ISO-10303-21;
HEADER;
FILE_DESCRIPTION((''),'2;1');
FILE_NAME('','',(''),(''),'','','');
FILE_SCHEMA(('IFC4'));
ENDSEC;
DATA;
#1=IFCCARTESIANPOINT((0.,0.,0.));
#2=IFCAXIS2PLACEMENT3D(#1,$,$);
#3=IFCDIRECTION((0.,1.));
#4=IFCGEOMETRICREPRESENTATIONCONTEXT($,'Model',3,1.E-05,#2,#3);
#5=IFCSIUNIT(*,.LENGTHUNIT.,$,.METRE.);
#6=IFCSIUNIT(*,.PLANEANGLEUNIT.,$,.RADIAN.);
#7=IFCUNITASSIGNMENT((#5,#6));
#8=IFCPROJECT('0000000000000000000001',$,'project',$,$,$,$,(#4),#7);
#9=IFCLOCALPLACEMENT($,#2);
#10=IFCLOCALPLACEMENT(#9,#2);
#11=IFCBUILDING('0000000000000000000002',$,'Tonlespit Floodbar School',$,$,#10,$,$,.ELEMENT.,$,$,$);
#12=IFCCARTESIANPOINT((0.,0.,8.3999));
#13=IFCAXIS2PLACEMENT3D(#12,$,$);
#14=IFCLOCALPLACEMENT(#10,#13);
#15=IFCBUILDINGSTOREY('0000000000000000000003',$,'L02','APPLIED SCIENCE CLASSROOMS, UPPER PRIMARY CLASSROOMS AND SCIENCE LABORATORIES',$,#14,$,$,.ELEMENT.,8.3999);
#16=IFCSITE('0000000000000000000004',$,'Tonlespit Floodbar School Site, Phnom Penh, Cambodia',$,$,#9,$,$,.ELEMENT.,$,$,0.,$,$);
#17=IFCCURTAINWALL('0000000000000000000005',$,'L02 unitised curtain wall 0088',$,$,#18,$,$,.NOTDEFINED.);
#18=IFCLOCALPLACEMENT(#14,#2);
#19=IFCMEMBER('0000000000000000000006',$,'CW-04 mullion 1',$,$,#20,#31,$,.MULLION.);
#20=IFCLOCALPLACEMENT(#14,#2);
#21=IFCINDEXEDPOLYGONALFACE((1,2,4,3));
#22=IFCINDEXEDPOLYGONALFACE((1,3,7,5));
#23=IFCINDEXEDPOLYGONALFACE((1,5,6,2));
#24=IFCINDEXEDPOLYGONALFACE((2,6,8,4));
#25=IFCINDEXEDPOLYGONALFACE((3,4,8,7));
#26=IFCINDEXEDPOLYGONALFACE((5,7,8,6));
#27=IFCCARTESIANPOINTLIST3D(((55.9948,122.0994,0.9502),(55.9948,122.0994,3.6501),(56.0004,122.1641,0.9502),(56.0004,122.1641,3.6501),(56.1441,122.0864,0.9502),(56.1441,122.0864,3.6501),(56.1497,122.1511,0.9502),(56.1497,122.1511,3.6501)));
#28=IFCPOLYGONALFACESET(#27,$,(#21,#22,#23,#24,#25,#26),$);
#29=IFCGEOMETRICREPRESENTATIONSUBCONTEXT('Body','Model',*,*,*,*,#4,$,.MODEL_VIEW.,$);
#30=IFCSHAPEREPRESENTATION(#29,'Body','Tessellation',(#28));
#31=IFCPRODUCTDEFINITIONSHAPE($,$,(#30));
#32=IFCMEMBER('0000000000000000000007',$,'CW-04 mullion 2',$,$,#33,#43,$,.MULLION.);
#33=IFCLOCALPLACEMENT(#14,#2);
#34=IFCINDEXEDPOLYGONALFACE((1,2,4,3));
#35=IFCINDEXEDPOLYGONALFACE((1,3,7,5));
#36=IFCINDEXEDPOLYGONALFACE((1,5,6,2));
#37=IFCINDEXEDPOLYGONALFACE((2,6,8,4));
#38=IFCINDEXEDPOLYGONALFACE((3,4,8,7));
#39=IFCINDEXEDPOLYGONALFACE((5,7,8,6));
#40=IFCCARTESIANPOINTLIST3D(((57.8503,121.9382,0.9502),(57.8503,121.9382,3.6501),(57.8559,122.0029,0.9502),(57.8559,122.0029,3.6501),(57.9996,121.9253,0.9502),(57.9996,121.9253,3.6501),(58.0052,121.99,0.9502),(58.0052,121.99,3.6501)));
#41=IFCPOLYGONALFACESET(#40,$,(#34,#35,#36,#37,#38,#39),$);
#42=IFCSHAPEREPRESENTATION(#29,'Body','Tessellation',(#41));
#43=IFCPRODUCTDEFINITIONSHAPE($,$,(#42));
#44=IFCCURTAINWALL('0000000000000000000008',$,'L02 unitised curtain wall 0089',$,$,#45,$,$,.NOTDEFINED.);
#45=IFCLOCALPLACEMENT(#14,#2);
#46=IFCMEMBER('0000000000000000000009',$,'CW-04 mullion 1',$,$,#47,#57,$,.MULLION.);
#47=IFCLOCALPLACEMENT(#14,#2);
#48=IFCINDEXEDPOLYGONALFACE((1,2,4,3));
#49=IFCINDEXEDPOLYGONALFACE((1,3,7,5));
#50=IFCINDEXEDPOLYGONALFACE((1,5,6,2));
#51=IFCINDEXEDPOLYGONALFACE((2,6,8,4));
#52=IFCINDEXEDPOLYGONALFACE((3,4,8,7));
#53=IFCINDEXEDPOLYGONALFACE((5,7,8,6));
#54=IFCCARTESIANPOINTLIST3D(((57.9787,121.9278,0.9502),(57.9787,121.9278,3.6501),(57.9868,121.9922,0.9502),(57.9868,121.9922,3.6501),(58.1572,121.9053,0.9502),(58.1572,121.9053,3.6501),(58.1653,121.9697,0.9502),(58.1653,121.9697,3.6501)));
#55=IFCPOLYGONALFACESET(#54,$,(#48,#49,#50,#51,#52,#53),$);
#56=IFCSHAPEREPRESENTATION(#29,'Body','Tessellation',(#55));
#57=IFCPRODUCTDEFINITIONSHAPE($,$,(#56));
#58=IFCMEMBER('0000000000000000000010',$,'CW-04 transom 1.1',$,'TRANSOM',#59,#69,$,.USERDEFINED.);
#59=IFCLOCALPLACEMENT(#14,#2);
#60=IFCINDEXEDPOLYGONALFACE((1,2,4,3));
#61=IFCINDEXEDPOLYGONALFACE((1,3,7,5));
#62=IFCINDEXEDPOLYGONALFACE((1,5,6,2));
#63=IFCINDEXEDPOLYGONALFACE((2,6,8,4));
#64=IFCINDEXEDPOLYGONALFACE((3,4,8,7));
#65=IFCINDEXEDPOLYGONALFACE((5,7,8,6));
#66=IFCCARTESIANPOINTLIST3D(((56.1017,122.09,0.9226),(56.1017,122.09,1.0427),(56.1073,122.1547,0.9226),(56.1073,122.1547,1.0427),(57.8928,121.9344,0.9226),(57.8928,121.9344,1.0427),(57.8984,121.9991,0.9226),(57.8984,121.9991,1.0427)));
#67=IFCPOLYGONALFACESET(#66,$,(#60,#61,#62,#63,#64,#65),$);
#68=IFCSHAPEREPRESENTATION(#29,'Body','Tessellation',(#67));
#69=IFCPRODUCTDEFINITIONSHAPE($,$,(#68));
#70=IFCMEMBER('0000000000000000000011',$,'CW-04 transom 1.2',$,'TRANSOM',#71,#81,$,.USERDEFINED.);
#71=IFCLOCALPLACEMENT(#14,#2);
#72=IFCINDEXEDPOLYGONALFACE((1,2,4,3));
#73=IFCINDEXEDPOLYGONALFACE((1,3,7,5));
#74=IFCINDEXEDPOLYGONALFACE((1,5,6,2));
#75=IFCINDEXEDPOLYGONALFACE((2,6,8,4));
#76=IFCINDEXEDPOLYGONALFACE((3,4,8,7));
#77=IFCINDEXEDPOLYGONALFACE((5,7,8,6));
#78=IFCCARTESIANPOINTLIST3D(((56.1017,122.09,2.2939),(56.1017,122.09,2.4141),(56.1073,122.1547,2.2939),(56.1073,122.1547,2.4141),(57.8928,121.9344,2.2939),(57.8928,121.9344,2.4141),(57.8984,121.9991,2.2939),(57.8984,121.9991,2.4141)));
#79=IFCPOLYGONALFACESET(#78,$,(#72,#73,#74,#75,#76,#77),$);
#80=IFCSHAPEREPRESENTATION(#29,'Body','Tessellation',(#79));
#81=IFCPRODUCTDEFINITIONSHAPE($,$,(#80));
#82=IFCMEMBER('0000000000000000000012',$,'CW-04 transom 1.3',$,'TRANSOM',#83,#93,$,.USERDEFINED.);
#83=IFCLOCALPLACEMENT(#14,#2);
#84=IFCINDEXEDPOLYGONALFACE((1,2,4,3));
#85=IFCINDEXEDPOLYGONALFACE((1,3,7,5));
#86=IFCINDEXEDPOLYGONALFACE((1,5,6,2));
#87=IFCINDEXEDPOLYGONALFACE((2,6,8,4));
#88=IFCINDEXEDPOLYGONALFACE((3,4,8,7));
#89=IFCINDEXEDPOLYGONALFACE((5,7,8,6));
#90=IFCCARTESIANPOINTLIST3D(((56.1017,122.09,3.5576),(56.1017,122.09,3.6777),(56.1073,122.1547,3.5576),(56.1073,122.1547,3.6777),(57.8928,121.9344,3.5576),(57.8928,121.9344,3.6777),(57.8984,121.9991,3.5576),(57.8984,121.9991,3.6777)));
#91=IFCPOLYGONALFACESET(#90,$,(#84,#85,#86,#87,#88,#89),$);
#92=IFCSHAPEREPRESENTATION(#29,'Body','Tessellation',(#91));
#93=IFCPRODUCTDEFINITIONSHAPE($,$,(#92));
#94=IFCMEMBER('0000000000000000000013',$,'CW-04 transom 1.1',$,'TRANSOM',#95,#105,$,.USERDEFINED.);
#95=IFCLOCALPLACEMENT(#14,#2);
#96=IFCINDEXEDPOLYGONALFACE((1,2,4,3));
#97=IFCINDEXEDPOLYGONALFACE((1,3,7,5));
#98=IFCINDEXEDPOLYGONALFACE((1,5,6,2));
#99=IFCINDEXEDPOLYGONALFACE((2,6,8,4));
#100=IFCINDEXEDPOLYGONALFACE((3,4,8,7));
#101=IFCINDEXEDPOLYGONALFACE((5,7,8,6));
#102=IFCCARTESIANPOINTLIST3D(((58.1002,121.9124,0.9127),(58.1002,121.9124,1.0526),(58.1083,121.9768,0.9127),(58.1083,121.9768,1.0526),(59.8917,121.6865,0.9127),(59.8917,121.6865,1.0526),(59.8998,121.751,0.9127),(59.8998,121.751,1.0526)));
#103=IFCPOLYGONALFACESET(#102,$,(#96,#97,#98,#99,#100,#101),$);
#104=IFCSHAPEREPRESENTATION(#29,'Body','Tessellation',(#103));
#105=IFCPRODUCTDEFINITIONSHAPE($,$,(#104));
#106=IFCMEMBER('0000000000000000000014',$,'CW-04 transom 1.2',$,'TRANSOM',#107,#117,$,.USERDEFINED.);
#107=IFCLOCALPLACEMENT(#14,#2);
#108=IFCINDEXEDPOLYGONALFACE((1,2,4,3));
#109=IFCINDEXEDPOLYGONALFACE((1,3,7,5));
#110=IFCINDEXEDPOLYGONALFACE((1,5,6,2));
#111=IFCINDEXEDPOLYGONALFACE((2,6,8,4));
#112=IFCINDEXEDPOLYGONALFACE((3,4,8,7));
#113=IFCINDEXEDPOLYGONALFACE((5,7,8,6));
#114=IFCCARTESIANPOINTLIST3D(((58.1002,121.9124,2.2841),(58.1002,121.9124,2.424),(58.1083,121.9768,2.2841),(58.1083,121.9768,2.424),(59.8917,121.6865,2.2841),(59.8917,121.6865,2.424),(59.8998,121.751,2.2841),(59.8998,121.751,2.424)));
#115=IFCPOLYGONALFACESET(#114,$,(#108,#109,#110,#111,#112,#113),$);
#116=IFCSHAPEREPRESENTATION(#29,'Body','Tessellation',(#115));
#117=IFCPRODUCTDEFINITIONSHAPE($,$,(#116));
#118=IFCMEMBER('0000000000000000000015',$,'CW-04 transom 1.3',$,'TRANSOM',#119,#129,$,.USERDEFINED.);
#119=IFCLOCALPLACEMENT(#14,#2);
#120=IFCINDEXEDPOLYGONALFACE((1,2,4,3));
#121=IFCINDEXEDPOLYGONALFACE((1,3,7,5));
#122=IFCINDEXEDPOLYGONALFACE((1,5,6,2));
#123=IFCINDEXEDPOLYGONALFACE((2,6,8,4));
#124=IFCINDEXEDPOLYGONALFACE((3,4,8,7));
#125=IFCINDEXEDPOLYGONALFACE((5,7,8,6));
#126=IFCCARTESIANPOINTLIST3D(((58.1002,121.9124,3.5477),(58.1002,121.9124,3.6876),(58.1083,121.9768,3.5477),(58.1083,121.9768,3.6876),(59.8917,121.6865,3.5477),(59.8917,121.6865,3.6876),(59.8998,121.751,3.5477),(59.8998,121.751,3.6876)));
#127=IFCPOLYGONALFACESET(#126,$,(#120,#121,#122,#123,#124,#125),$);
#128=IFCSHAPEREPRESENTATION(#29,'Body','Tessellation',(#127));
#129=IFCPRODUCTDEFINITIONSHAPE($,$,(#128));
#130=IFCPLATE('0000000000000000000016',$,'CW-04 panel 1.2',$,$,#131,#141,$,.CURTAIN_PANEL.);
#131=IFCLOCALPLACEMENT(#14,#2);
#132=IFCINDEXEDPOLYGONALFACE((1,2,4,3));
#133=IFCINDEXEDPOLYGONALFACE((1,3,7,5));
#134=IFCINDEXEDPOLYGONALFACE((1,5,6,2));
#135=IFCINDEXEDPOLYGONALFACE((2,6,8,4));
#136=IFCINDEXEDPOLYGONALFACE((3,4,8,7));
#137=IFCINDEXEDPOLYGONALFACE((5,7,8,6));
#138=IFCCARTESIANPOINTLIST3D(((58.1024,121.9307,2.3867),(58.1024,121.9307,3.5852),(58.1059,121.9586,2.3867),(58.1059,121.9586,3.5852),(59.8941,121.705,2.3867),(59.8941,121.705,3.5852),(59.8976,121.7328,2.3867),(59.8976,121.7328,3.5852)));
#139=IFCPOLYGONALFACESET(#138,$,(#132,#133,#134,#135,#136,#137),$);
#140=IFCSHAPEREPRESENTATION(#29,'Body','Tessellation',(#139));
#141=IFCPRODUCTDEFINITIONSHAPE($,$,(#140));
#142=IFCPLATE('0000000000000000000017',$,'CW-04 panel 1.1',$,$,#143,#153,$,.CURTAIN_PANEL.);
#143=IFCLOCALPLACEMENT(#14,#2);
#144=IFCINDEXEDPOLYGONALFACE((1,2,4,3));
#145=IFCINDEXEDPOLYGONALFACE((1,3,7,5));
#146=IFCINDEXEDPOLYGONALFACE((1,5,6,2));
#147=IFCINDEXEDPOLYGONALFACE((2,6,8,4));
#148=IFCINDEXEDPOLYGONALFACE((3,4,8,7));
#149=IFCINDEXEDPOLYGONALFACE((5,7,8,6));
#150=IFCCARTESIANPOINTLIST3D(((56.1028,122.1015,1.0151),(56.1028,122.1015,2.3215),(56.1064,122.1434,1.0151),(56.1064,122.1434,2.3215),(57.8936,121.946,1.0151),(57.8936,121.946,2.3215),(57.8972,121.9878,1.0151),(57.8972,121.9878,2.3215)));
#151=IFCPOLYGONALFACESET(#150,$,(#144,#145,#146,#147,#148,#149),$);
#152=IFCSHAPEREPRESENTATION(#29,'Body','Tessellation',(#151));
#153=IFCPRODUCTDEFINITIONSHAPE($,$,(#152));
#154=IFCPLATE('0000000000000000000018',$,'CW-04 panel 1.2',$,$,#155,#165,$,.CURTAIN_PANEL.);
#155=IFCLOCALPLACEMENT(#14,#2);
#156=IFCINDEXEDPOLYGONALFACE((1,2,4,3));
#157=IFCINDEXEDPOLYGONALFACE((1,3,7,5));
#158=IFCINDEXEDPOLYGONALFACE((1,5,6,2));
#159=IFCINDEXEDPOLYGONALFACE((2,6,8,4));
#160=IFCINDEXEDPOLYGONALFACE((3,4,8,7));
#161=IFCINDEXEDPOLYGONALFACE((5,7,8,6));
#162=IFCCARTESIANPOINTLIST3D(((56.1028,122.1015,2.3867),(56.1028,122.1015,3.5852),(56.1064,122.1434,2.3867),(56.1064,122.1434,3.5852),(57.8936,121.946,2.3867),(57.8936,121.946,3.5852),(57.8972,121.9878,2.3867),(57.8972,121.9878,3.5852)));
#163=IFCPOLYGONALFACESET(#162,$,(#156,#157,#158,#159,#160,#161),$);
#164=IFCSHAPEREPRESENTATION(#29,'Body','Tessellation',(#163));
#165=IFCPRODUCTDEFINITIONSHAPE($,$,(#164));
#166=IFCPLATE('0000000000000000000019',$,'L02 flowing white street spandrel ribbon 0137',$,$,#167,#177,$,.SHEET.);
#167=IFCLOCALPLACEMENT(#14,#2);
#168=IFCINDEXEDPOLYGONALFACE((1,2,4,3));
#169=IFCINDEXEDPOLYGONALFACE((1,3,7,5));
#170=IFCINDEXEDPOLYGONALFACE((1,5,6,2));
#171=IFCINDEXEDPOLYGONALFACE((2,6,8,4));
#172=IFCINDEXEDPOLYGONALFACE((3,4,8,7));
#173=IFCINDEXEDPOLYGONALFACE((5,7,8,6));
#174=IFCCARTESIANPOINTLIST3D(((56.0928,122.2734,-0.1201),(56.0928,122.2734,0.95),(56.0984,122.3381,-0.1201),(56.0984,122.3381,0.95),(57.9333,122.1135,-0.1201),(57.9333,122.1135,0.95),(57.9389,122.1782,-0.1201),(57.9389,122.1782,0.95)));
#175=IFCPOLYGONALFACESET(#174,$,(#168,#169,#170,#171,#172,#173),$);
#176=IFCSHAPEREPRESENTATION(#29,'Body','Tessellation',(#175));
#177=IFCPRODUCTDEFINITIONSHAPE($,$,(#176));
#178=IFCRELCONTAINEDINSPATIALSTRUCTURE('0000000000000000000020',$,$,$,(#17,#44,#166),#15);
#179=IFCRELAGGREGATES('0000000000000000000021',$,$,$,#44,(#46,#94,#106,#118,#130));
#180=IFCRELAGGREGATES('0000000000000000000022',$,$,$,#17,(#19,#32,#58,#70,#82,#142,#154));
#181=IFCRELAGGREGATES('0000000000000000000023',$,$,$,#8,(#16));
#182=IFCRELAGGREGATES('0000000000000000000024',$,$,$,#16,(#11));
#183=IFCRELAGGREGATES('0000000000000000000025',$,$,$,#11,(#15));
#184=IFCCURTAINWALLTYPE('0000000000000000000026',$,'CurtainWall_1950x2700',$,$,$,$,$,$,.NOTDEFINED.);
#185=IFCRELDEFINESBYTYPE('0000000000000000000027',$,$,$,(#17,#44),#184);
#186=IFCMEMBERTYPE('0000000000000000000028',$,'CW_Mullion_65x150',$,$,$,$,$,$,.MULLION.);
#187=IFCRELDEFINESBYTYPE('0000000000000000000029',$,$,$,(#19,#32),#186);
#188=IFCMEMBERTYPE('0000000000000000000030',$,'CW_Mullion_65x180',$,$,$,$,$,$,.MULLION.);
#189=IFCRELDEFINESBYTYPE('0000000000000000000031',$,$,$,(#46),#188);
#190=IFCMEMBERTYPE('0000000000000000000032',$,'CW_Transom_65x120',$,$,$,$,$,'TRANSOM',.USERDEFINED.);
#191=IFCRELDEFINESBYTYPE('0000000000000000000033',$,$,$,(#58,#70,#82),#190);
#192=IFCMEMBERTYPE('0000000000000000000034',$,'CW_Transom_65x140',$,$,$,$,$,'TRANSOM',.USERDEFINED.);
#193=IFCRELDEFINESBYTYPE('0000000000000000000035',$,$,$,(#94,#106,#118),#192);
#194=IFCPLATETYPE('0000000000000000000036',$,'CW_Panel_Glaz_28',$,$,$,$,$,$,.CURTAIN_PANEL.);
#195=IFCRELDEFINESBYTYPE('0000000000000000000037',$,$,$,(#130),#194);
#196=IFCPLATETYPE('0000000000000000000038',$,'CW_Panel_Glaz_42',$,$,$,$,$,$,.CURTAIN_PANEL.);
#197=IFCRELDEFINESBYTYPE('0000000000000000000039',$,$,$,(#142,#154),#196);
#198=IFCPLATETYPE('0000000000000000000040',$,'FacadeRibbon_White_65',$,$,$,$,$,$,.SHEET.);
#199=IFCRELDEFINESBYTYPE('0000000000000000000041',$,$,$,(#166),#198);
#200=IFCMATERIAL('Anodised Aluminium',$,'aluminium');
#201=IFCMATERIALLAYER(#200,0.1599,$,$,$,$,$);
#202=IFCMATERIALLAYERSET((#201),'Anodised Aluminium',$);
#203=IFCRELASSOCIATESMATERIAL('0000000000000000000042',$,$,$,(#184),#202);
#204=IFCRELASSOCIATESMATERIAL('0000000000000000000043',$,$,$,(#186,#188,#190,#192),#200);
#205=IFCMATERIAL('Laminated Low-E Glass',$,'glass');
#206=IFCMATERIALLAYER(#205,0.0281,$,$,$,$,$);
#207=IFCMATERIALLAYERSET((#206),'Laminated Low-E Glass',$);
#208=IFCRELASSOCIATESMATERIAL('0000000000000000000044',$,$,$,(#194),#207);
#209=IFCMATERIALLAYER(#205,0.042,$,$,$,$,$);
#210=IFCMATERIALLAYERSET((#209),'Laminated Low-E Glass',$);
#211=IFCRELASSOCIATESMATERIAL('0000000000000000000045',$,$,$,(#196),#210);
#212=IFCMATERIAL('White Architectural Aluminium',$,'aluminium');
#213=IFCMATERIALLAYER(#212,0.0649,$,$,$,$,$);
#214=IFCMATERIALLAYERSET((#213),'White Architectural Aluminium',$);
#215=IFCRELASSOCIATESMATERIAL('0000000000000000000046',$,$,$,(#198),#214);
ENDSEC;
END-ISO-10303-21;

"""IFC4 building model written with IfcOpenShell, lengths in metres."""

from ifc_helpers import new_model, si_unit, direction, frame, origin, origin_2d, place, context, subcontext, project, spatial, rectangle, extrude, material, layer, layer_set, material_profile, profile_set, type_object, element, aggregate, save


model = new_model("IFC4")

# Units and contexts
model_context = context("Model", 3, precision=1e-05, world=origin(), true_north=direction((0.0, 1.0)))
body_context = subcontext(model_context, "Body", "Model", "MODEL_VIEW")
ifc_project = project(units=[si_unit("LENGTHUNIT", "METRE"), si_unit("PLANEANGLEUNIT", "RADIAN")], contexts=[model_context])

# Site, building, storey
site_placement = place(None, origin())
site = spatial("IfcSite", under=ifc_project, at=site_placement, Name="Tonlespit Floodbar School Site, Phnom Penh, Cambodia", CompositionType="ELEMENT", RefElevation=0.0)
building_placement = place(site_placement, origin())
building = spatial("IfcBuilding", under=site, at=building_placement, Name="Tonlespit Floodbar School", CompositionType="ELEMENT")
storey_placement = place(building_placement, frame((0.0, 0.0, 8.3999)))
storey = spatial("IfcBuildingStorey", under=building, at=storey_placement, Name="L02", Description="APPLIED SCIENCE CLASSROOMS, UPPER PRIMARY CLASSROOMS AND SCIENCE LABORATORIES", CompositionType="ELEMENT", Elevation=8.3999)

# Curtain wall, members
ifc_material_1 = material(Name="Anodised Aluminium", Category="aluminium")
ifc_layer_1 = layer(ifc_material_1, 0.1599)
ifc_layer_set_1 = layer_set([ifc_layer_1], Name="Anodised Aluminium")
curtain_wall_type = type_object("IfcCurtainWallType", Name="CurtainWall_1950x2700", PredefinedType="NOTDEFINED", material=ifc_layer_set_1)
curtain_wall_1_placement = place(storey_placement, origin())
curtain_wall_1 = element("IfcCurtainWall", 1, at=curtain_wall_1_placement, inside=storey, type_object=curtain_wall_type, Name="L02 unitised curtain wall 0088", PredefinedType="NOTDEFINED")
ifc_material_profile_1 = material_profile(ifc_material_1, rectangle(XDim=0.0649, YDim=0.1499, at=origin_2d()), Name="ALU M65x150")
ifc_profile_set_1 = profile_set([ifc_material_profile_1], Name="Anodised Aluminium")
member_type_1 = type_object("IfcMemberType", Name="CW_Mullion_65x150", PredefinedType="MULLION", material=ifc_profile_set_1)
member_1_placement = place(storey_placement, frame((56.0723, 122.1252, 0.9502), z_axis=(0.0, 0.0, 1.0), x_axis=(0.086531, 0.996249, 0.0)))
member_1 = element("IfcMember", 2, at=member_1_placement, type_object=member_type_1, Name="CW-04 mullion 1", PredefinedType="MULLION", context=body_context, shape_type="SweptSolid", body=[
    extrude(rectangle(XDim=0.0649, YDim=0.1499, at=origin_2d()), origin(), (0.0, 0.0, 1.0), 2.7),
])
member_2_placement = place(storey_placement, frame((57.9277, 121.9641, 0.9502), z_axis=(0.0, 0.0, 1.0), x_axis=(0.086531, 0.996249, 0.0)))
member_2 = element("IfcMember", 3, at=member_2_placement, type_object=member_type_1, Name="CW-04 mullion 2", PredefinedType="MULLION", context=body_context, shape_type="SweptSolid", body=[
    extrude(rectangle(XDim=0.0649, YDim=0.1499, at=origin_2d()), origin(), (0.0, 0.0, 1.0), 2.7),
])

# Curtain wall, member
curtain_wall_2_placement = place(storey_placement, origin())
curtain_wall_2 = element("IfcCurtainWall", 4, at=curtain_wall_2_placement, inside=storey, type_object=curtain_wall_type, Name="L02 unitised curtain wall 0089", PredefinedType="NOTDEFINED")
ifc_material_profile_2 = material_profile(ifc_material_1, rectangle(XDim=0.0649, YDim=0.1799, at=origin_2d()), Name="ALU M65x180")
ifc_profile_set_2 = profile_set([ifc_material_profile_2], Name="Anodised Aluminium")
member_type_2 = type_object("IfcMemberType", Name="CW_Mullion_65x180", PredefinedType="MULLION", material=ifc_profile_set_2)
member_3_placement = place(storey_placement, frame((58.072, 121.9487, 0.9502), z_axis=(0.0, 0.0, 1.0), x_axis=(0.125014, 0.992155, 0.0)))
member_3 = element("IfcMember", 5, at=member_3_placement, type_object=member_type_2, Name="CW-04 mullion 1", PredefinedType="MULLION", context=body_context, shape_type="SweptSolid", body=[
    extrude(rectangle(XDim=0.0649, YDim=0.1799, at=origin_2d()), origin(), (0.0, 0.0, 1.0), 2.7),
])

# Members
ifc_material_profile_3 = material_profile(ifc_material_1, rectangle(XDim=0.0649, YDim=0.1201, at=origin_2d()), Name="ALU T65x120")
ifc_profile_set_3 = profile_set([ifc_material_profile_3], Name="Anodised Aluminium")
member_type_3 = type_object("IfcMemberType", Name="CW_Transom_65x120", ElementType="TRANSOM", PredefinedType="USERDEFINED", material=ifc_profile_set_3)
member_4_placement = place(storey_placement, frame((56.1045, 122.1223, 0.9827), z_axis=(0.996251, -0.086507, 0.0), x_axis=(0.086507, 0.996251, 0.0)))
member_4 = element("IfcMember", 6, at=member_4_placement, type_object=member_type_3, Name="CW-04 transom 1.1", ObjectType="TRANSOM", PredefinedType="USERDEFINED", context=body_context, shape_type="SweptSolid", body=[
    extrude(rectangle(XDim=0.0649, YDim=0.1201, at=origin_2d()), origin(), (0.0, 0.0, 1.0), 1.7979),
])
member_5_placement = place(storey_placement, frame((56.1045, 122.1223, 2.354), z_axis=(0.996251, -0.086507, 0.0), x_axis=(0.086507, 0.996251, 0.0)))
member_5 = element("IfcMember", 7, at=member_5_placement, type_object=member_type_3, Name="CW-04 transom 1.2", ObjectType="TRANSOM", PredefinedType="USERDEFINED", context=body_context, shape_type="SweptSolid", body=[
    extrude(rectangle(XDim=0.0649, YDim=0.1201, at=origin_2d()), origin(), (0.0, 0.0, 1.0), 1.7979),
])
member_6_placement = place(storey_placement, frame((56.1045, 122.1223, 3.6177), z_axis=(0.996251, -0.086507, 0.0), x_axis=(0.086507, 0.996251, 0.0)))
member_6 = element("IfcMember", 8, at=member_6_placement, type_object=member_type_3, Name="CW-04 transom 1.3", ObjectType="TRANSOM", PredefinedType="USERDEFINED", context=body_context, shape_type="SweptSolid", body=[
    extrude(rectangle(XDim=0.0649, YDim=0.1201, at=origin_2d()), origin(), (0.0, 0.0, 1.0), 1.7979),
])
ifc_material_profile_4 = material_profile(ifc_material_1, rectangle(XDim=0.0649, YDim=0.1399, at=origin_2d()), Name="ALU T65x140")
ifc_profile_set_4 = profile_set([ifc_material_profile_4], Name="Anodised Aluminium")
member_type_4 = type_object("IfcMemberType", Name="CW_Transom_65x140", ElementType="TRANSOM", PredefinedType="USERDEFINED", material=ifc_profile_set_4)
member_7_placement = place(storey_placement, frame((58.1042, 121.9446, 0.9827), z_axis=(0.992148, -0.125066, 0.0), x_axis=(0.125066, 0.992148, 0.0)))
member_7 = element("IfcMember", 9, at=member_7_placement, type_object=member_type_4, Name="CW-04 transom 1.1", ObjectType="TRANSOM", PredefinedType="USERDEFINED", context=body_context, shape_type="SweptSolid", body=[
    extrude(rectangle(XDim=0.0649, YDim=0.1399, at=origin_2d()), origin(), (0.0, 0.0, 1.0), 1.8057),
])
member_8_placement = place(storey_placement, frame((58.1042, 121.9446, 2.354), z_axis=(0.992148, -0.125066, 0.0), x_axis=(0.125066, 0.992148, 0.0)))
member_8 = element("IfcMember", 10, at=member_8_placement, type_object=member_type_4, Name="CW-04 transom 1.2", ObjectType="TRANSOM", PredefinedType="USERDEFINED", context=body_context, shape_type="SweptSolid", body=[
    extrude(rectangle(XDim=0.0649, YDim=0.1399, at=origin_2d()), origin(), (0.0, 0.0, 1.0), 1.8057),
])
member_9_placement = place(storey_placement, frame((58.1042, 121.9446, 3.6177), z_axis=(0.992148, -0.125066, 0.0), x_axis=(0.125066, 0.992148, 0.0)))
member_9 = element("IfcMember", 11, at=member_9_placement, type_object=member_type_4, Name="CW-04 transom 1.3", ObjectType="TRANSOM", PredefinedType="USERDEFINED", context=body_context, shape_type="SweptSolid", body=[
    extrude(rectangle(XDim=0.0649, YDim=0.1399, at=origin_2d()), origin(), (0.0, 0.0, 1.0), 1.8057),
])

# Plates
ifc_material_2 = material(Name="Laminated Low-E Glass", Category="glass")
ifc_layer_2 = layer(ifc_material_2, 0.0281)
ifc_layer_set_2 = layer_set([ifc_layer_2], Name="Laminated Low-E Glass")
plate_type_1 = type_object("IfcPlateType", Name="CW_Panel_Glaz_28", PredefinedType="CURTAIN_PANEL", material=ifc_layer_set_2)
plate_1_placement = place(storey_placement, frame((59.0, 121.8318, 2.3867), z_axis=(0.0, 0.0, 1.0), x_axis=(0.992155, -0.125014, 0.0)))
plate_1 = element("IfcPlate", 12, at=plate_1_placement, type_object=plate_type_1, Name="CW-04 panel 1.2", PredefinedType="CURTAIN_PANEL", context=body_context, shape_type="SweptSolid", body=[
    extrude(rectangle(XDim=1.8059, YDim=0.0281, at=origin_2d()), origin(), (0.0, 0.0, 1.0), 1.1985),
])
aggregate(curtain_wall_2, [member_3, member_7, member_8, member_9, plate_1])
ifc_layer_3 = layer(ifc_material_2, 0.042)
ifc_layer_set_3 = layer_set([ifc_layer_3], Name="Laminated Low-E Glass")
plate_type_2 = type_object("IfcPlateType", Name="CW_Panel_Glaz_42", PredefinedType="CURTAIN_PANEL", material=ifc_layer_set_3)
plate_2_placement = place(storey_placement, frame((57.0, 122.0447, 1.0151), z_axis=(0.0, 0.0, 1.0), x_axis=(0.996249, -0.086531, 0.0)))
plate_2 = element("IfcPlate", 13, at=plate_2_placement, type_object=plate_type_2, Name="CW-04 panel 1.1", PredefinedType="CURTAIN_PANEL", context=body_context, shape_type="SweptSolid", body=[
    extrude(rectangle(XDim=1.7976, YDim=0.042, at=origin_2d()), origin(), (0.0, 0.0, 1.0), 1.3064),
])
plate_3_placement = place(storey_placement, frame((57.0, 122.0447, 2.3867), z_axis=(0.0, 0.0, 1.0), x_axis=(0.996249, -0.086531, 0.0)))
plate_3 = element("IfcPlate", 14, at=plate_3_placement, type_object=plate_type_2, Name="CW-04 panel 1.2", PredefinedType="CURTAIN_PANEL", context=body_context, shape_type="SweptSolid", body=[
    extrude(rectangle(XDim=1.7976, YDim=0.042, at=origin_2d()), origin(), (0.0, 0.0, 1.0), 1.1985),
])
aggregate(curtain_wall_1, [member_1, member_2, member_4, member_5, member_6, plate_2, plate_3])

# Plate
ifc_material_3 = material(Name="White Architectural Aluminium", Category="aluminium")
ifc_layer_4 = layer(ifc_material_3, 0.0649)
ifc_layer_set_4 = layer_set([ifc_layer_4], Name="White Architectural Aluminium")
plate_type_3 = type_object("IfcPlateType", Name="FacadeRibbon_White_65", PredefinedType="SHEET", material=ifc_layer_set_4)
plate_4_placement = place(storey_placement, frame((57.0159, 122.2258, -0.1201), z_axis=(0.0, 0.0, 1.0), x_axis=(0.996245, -0.086573, 0.0)))
element("IfcPlate", 15, at=plate_4_placement, inside=storey, type_object=plate_type_3, Name="L02 flowing white street spandrel ribbon 0137", PredefinedType="SHEET", context=body_context, shape_type="SweptSolid", body=[
    extrude(rectangle(XDim=1.8474, YDim=0.0649, at=origin_2d()), origin(), (0.0, 0.0, 1.0), 1.0701),
])

save(model, "model.ifc")
